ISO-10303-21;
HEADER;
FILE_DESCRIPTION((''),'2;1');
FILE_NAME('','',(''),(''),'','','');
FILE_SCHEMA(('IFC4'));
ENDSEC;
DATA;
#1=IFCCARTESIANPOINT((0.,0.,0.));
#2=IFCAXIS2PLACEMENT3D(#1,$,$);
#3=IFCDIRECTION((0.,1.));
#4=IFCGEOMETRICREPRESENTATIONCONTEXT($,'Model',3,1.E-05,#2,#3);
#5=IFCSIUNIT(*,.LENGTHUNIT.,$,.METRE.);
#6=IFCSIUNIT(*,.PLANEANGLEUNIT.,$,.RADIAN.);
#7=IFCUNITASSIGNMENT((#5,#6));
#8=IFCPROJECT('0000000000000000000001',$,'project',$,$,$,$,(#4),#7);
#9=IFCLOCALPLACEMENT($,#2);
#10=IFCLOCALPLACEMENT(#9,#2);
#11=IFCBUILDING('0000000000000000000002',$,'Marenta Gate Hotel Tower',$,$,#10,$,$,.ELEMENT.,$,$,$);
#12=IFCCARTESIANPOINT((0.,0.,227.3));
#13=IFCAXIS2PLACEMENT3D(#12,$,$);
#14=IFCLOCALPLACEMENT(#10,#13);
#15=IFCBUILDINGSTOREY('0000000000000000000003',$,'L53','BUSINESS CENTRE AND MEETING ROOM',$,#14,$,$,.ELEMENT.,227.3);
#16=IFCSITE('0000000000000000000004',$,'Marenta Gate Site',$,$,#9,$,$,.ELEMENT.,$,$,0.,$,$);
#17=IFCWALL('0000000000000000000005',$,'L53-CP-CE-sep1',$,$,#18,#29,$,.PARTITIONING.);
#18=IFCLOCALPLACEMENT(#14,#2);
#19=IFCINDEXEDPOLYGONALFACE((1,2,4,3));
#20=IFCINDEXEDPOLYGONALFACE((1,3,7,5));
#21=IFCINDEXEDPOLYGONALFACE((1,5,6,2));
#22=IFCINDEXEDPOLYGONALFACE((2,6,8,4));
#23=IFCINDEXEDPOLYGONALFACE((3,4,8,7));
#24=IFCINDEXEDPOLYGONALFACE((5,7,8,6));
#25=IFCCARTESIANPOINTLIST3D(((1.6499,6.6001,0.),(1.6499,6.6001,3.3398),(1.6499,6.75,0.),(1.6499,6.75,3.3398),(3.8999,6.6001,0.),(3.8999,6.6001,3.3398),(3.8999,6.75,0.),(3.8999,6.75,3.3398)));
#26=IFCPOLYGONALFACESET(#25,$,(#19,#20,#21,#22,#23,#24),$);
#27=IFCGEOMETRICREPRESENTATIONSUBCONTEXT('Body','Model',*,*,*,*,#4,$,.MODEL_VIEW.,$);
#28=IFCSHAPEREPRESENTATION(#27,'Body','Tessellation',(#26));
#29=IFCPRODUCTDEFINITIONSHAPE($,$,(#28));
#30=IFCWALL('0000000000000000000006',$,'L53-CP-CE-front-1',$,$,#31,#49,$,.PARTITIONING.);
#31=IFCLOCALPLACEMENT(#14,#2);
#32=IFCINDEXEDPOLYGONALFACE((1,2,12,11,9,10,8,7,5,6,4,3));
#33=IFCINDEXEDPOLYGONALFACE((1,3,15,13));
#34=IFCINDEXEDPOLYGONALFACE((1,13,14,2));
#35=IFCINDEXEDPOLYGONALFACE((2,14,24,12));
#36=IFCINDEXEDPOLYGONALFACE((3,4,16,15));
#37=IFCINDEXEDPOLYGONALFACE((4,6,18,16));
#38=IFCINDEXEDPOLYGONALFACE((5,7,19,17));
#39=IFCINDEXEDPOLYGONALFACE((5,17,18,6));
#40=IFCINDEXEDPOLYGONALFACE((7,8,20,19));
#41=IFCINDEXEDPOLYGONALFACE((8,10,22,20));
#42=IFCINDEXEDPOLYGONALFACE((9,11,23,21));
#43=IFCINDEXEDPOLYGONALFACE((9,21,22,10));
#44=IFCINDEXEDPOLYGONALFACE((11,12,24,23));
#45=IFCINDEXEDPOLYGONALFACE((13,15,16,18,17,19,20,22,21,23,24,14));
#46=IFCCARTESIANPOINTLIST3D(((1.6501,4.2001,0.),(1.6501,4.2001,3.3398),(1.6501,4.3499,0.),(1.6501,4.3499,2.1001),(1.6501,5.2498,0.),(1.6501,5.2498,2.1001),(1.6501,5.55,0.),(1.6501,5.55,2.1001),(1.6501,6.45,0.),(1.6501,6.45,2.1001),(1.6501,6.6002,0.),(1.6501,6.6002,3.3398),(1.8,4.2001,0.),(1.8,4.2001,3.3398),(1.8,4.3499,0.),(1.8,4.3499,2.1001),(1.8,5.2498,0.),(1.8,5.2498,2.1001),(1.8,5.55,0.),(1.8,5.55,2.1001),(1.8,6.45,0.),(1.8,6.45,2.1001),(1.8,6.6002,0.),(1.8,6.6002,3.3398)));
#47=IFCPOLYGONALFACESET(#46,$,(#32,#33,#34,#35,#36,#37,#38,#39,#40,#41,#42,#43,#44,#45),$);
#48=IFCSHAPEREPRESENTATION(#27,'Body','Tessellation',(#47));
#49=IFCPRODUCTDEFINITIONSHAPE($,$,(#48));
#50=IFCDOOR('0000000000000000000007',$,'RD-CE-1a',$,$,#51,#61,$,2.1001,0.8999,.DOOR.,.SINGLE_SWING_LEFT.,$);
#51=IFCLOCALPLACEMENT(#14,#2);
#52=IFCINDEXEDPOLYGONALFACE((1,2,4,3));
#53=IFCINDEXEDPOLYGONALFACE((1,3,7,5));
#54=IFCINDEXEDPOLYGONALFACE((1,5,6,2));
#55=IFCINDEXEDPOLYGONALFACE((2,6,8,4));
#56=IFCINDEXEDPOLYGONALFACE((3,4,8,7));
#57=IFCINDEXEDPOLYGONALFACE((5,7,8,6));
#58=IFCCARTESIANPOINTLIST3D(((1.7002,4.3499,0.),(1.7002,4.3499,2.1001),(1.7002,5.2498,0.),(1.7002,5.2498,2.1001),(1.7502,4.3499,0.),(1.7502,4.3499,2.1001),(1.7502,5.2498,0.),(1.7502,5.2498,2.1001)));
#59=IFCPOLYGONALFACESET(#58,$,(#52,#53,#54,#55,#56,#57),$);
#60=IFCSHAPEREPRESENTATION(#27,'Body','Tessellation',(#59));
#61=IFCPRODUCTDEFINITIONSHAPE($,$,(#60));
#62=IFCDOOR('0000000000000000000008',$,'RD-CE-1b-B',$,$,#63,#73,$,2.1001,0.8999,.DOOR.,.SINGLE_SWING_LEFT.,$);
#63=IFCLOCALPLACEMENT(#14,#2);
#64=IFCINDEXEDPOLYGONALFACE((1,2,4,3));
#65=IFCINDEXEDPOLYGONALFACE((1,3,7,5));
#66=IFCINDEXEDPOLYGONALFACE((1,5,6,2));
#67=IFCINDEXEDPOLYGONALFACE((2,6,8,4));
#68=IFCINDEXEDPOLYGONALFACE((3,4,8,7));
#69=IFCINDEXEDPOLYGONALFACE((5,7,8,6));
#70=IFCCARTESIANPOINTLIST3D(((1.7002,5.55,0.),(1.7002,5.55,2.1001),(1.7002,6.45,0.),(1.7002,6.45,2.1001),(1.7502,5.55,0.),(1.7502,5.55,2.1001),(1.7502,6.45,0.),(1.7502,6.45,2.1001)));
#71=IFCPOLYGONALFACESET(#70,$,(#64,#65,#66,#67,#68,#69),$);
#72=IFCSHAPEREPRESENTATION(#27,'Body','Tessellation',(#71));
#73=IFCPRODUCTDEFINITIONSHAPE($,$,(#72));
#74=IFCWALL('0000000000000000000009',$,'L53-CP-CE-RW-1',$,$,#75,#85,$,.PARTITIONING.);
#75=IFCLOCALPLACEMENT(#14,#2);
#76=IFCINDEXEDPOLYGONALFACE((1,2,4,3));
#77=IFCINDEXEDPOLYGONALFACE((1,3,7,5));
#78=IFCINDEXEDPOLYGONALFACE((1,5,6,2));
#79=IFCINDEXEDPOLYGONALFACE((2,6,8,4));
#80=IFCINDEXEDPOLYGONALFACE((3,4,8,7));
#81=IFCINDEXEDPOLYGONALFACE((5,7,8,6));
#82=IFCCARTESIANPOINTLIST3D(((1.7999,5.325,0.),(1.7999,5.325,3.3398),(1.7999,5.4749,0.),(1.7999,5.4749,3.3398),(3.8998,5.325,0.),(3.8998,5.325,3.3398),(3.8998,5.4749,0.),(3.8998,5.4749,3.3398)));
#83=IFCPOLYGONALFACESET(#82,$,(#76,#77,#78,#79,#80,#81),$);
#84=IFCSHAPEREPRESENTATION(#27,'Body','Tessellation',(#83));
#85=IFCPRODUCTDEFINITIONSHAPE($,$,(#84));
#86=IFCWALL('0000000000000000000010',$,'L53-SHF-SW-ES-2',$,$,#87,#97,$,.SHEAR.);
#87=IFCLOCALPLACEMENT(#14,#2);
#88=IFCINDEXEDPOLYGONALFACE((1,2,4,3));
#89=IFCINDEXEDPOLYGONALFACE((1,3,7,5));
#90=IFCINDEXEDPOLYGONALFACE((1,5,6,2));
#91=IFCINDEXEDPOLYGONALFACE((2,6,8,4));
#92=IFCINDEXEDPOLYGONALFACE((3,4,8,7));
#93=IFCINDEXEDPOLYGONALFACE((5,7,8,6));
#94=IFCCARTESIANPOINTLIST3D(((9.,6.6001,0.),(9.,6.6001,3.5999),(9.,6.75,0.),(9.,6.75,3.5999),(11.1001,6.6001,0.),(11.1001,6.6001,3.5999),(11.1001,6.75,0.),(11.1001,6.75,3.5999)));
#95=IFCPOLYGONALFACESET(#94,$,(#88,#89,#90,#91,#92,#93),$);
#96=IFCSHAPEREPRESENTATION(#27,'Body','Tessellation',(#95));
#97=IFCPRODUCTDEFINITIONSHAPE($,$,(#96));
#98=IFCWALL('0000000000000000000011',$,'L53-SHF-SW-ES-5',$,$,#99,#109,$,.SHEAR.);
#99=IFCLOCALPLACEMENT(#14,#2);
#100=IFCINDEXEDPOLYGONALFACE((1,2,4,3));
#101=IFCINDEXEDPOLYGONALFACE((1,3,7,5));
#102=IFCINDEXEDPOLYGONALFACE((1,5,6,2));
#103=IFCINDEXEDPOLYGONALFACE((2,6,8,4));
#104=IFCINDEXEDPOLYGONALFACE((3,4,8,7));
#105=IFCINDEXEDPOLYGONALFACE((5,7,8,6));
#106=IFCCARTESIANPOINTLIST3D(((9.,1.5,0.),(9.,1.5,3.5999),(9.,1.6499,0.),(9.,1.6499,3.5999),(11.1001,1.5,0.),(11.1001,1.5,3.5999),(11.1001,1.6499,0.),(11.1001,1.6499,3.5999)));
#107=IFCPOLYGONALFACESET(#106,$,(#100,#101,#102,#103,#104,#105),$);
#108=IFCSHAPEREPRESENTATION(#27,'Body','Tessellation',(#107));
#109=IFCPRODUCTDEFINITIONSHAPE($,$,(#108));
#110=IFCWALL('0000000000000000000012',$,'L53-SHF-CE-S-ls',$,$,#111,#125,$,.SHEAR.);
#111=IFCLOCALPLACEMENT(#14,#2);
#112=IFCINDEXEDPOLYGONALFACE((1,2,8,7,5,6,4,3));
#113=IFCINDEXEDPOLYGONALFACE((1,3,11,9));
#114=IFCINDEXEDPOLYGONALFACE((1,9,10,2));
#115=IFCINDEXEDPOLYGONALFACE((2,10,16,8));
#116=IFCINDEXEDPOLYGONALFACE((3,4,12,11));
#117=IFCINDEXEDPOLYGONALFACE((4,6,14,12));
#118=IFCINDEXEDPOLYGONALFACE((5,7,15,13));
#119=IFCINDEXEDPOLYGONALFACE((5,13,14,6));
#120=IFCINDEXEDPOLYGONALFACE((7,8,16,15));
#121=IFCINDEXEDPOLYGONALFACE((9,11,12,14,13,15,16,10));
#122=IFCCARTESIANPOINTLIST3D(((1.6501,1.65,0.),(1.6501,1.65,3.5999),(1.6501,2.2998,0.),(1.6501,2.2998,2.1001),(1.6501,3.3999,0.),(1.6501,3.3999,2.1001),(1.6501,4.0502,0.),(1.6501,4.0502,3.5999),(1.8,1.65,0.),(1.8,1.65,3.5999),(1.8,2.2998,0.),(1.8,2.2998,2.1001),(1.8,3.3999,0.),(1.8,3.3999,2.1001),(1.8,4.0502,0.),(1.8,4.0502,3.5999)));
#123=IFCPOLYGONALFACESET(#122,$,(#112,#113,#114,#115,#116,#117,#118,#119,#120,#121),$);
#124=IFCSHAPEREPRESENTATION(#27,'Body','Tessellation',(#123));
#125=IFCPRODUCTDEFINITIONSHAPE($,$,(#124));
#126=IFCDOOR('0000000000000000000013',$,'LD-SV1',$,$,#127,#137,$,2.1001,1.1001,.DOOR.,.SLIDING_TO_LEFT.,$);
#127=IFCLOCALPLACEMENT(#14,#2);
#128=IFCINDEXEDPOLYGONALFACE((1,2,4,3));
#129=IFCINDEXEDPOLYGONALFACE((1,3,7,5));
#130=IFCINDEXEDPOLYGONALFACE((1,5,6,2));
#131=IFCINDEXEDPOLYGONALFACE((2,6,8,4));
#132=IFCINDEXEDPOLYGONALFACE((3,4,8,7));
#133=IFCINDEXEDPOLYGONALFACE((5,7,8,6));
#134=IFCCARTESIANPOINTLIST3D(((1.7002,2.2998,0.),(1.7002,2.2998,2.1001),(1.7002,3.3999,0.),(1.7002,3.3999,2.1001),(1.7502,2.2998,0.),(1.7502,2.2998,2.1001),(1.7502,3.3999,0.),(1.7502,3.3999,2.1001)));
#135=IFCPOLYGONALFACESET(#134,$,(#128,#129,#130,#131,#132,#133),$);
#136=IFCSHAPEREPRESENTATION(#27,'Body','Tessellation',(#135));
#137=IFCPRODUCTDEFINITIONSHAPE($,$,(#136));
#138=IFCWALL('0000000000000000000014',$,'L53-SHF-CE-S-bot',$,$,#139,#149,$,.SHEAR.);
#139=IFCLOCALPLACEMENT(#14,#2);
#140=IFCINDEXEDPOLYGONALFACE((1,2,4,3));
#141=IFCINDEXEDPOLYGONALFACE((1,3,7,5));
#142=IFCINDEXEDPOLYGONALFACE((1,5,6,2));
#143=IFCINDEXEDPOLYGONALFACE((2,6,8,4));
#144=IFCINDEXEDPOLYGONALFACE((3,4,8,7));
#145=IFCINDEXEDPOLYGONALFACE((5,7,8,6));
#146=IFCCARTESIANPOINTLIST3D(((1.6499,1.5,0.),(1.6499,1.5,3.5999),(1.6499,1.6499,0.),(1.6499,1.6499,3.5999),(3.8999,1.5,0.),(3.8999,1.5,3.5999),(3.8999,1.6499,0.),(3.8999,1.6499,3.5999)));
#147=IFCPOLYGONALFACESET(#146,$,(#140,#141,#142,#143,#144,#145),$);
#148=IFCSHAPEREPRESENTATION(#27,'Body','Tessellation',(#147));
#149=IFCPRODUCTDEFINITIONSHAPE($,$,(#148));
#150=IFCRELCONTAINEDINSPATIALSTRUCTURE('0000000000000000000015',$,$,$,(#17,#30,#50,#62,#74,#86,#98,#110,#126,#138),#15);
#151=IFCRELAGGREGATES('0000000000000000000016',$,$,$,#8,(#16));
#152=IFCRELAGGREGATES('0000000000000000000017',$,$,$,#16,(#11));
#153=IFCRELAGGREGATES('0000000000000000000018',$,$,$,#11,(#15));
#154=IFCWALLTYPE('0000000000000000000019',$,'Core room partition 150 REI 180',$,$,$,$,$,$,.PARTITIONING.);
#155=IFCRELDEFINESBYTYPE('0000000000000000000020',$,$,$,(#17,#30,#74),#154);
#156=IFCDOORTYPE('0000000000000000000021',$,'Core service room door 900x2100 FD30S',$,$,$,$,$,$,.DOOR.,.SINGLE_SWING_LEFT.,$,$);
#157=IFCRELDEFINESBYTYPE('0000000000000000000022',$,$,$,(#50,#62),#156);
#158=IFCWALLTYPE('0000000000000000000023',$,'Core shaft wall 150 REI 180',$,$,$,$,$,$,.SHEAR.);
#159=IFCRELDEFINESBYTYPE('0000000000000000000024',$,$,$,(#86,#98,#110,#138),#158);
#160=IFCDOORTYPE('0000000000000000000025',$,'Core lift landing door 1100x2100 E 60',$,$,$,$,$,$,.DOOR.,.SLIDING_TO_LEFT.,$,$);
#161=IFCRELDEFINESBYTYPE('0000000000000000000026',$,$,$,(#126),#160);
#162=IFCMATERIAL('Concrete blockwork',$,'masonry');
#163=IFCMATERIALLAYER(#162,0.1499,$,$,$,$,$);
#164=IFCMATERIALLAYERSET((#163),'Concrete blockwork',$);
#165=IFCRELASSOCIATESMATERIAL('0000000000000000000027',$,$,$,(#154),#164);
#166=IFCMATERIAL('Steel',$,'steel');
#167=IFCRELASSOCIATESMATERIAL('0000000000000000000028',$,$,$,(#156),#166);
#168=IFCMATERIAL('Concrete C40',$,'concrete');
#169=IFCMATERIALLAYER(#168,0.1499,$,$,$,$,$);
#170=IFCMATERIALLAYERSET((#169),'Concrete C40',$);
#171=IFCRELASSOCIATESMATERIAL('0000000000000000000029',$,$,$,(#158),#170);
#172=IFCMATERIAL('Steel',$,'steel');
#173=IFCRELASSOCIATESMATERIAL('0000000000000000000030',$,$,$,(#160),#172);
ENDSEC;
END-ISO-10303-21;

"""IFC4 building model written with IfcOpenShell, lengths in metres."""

from ifc_helpers import new_model, si_unit, direction, frame, frame_2d, origin, place, context, subcontext, project, spatial, rectangle, extrude, material, layer, layer_set, type_object, element, fill, save


model = new_model("IFC4")

# Units and contexts
model_context = context("Model", 3, precision=1e-05, world=origin(), true_north=direction((0.0, 1.0)))
body_context = subcontext(model_context, "Body", "Model", "MODEL_VIEW")
ifc_project = project(units=[si_unit("LENGTHUNIT", "METRE"), si_unit("PLANEANGLEUNIT", "RADIAN")], contexts=[model_context])

# Site, building, storey
site_placement = place(None, origin())
site = spatial("IfcSite", under=ifc_project, at=site_placement, Name="Marenta Gate Site", CompositionType="ELEMENT", RefElevation=0.0)
building_placement = place(site_placement, origin())
building = spatial("IfcBuilding", under=site, at=building_placement, Name="Marenta Gate Hotel Tower", CompositionType="ELEMENT")
storey_placement = place(building_placement, frame((0.0, 0.0, 227.3)))
storey = spatial("IfcBuildingStorey", under=building, at=storey_placement, Name="L53", Description="BUSINESS CENTRE AND MEETING ROOM", CompositionType="ELEMENT", Elevation=227.3)

# Wall
ifc_material_1 = material(Name="Concrete blockwork", Category="masonry")
ifc_layer_1 = layer(ifc_material_1, 0.1499)
ifc_layer_set_1 = layer_set([ifc_layer_1], Name="Concrete blockwork")
wall_type_1 = type_object("IfcWallType", Name="Core room partition 150 REI 180", PredefinedType="PARTITIONING", material=ifc_layer_set_1)
wall_1_placement = place(storey_placement, frame((1.6499, 6.675, 0.0), z_axis=(0.0, 0.0, 1.0), x_axis=(1.0, 0.0, 0.0)))
element("IfcWall", 1, at=wall_1_placement, inside=storey, type_object=wall_type_1, Name="L53-CP-CE-sep1", PredefinedType="PARTITIONING", context=body_context, shape_type="SweptSolid", body=[
    extrude(rectangle(XDim=2.25, YDim=0.1499, at=frame_2d((1.125, 0.0))), origin(), (0.0, 0.0, 1.0), 3.3398),
])

# Wall, openings, doors
wall_2_placement = place(storey_placement, frame((1.7251, 4.2, 0.0), z_axis=(0.0, 0.0, 1.0), x_axis=(0.0, 1.0, 0.0)))
wall_2 = element("IfcWall", 2, at=wall_2_placement, inside=storey, type_object=wall_type_1, Name="L53-CP-CE-front-1", PredefinedType="PARTITIONING", context=body_context, shape_type="SweptSolid", body=[
    extrude(rectangle(XDim=2.4001, YDim=0.1499, at=frame_2d((1.2002, 0.0))), origin(), (0.0, 0.0, 1.0), 3.3398),
])
opening_1_placement = place(wall_2_placement, frame((0.1499, 0.0, 0.0)))
opening_1 = element("IfcOpeningElement", 3, at=opening_1_placement, cuts=wall_2, PredefinedType="OPENING", context=body_context, shape_type="SweptSolid", body=[
    extrude(rectangle(XDim=0.8999, YDim=2.1001, at=frame_2d((0.45, 1.05))), frame((0.0, 0.075, 0.0), z_axis=(0.0, -1.0, 0.0), x_axis=(1.0, 0.0, 0.0)), (0.0, 0.0, 1.0), 0.1499),
])
opening_2_placement = place(wall_2_placement, frame((1.3501, 0.0, 0.0)))
opening_2 = element("IfcOpeningElement", 4, at=opening_2_placement, cuts=wall_2, PredefinedType="OPENING", context=body_context, shape_type="SweptSolid", body=[
    extrude(rectangle(XDim=0.8999, YDim=2.1001, at=frame_2d((0.45, 1.05))), frame((0.0, 0.075, 0.0), z_axis=(0.0, -1.0, 0.0), x_axis=(1.0, 0.0, 0.0)), (0.0, 0.0, 1.0), 0.1499),
])
ifc_material_2 = material(Name="Steel", Category="steel")
door_type_1 = type_object("IfcDoorType", Name="Core service room door 900x2100 FD30S", OperationType="SINGLE_SWING_LEFT", PredefinedType="DOOR", material=ifc_material_2)
door_1_placement = place(opening_1_placement, origin())
door_1 = element("IfcDoor", 5, at=door_1_placement, inside=storey, type_object=door_type_1, Name="RD-CE-1a", OperationType="SINGLE_SWING_LEFT", OverallHeight=2.1001, OverallWidth=0.8999, PredefinedType="DOOR", context=body_context, shape_type="SweptSolid", body=[
    extrude(rectangle(XDim=0.8999, YDim=2.1001, at=frame_2d((0.45, 1.05))), frame((0.0, 0.0249, 0.0), z_axis=(0.0, -1.0, 0.0), x_axis=(1.0, 0.0, 0.0)), (0.0, 0.0, 1.0), 0.05),
])
fill(opening_1, door_1)
door_2_placement = place(opening_2_placement, origin())
door_2 = element("IfcDoor", 6, at=door_2_placement, inside=storey, type_object=door_type_1, Name="RD-CE-1b-B", OperationType="SINGLE_SWING_LEFT", OverallHeight=2.1001, OverallWidth=0.8999, PredefinedType="DOOR", context=body_context, shape_type="SweptSolid", body=[
    extrude(rectangle(XDim=0.8999, YDim=2.1001, at=frame_2d((0.45, 1.05))), frame((0.0, 0.0249, 0.0), z_axis=(0.0, -1.0, 0.0), x_axis=(1.0, 0.0, 0.0)), (0.0, 0.0, 1.0), 0.05),
])
fill(opening_2, door_2)

# Walls
wall_3_placement = place(storey_placement, frame((1.8, 5.3999, 0.0), z_axis=(0.0, 0.0, 1.0), x_axis=(1.0, 0.0, 0.0)))
element("IfcWall", 7, at=wall_3_placement, inside=storey, type_object=wall_type_1, Name="L53-CP-CE-RW-1", PredefinedType="PARTITIONING", context=body_context, shape_type="SweptSolid", body=[
    extrude(rectangle(XDim=2.0999, YDim=0.1499, at=frame_2d((1.0498, 0.0))), origin(), (0.0, 0.0, 1.0), 3.3398),
])
ifc_material_3 = material(Name="Concrete C40", Category="concrete")
ifc_layer_2 = layer(ifc_material_3, 0.1499)
ifc_layer_set_2 = layer_set([ifc_layer_2], Name="Concrete C40")
wall_type_2 = type_object("IfcWallType", Name="Core shaft wall 150 REI 180", PredefinedType="SHEAR", material=ifc_layer_set_2)
for number, where, z_axis, x_axis, name in (
    (8, (9.0, 6.675, 0.0), (0.0, 0.0, 1.0), (1.0, 0.0, 0.0), "L53-SHF-SW-ES-2"),
    (9, (9.0, 1.575, 0.0), (0.0, 0.0, 1.0), (1.0, 0.0, 0.0), "L53-SHF-SW-ES-5"),
):
    element("IfcWall", number, at=place(storey_placement, frame(where, z_axis=z_axis, x_axis=x_axis)), inside=storey, type_object=wall_type_2, Name=name, PredefinedType="SHEAR", context=body_context, shape_type="SweptSolid", body=[
        extrude(rectangle(XDim=2.1001, YDim=0.1499, at=frame_2d((1.05, 0.0))), origin(), (0.0, 0.0, 1.0), 3.5999),
    ])

# Wall, opening, door
wall_4_placement = place(storey_placement, frame((1.7251, 1.6499, 0.0), z_axis=(0.0, 0.0, 1.0), x_axis=(0.0, 1.0, 0.0)))
wall_4 = element("IfcWall", 10, at=wall_4_placement, inside=storey, type_object=wall_type_2, Name="L53-SHF-CE-S-ls", PredefinedType="SHEAR", context=body_context, shape_type="SweptSolid", body=[
    extrude(rectangle(XDim=2.4001, YDim=0.1499, at=frame_2d((1.2002, 0.0))), origin(), (0.0, 0.0, 1.0), 3.5999),
])
opening_3_placement = place(wall_4_placement, frame((0.6499, 0.0, 0.0)))
opening_3 = element("IfcOpeningElement", 11, at=opening_3_placement, cuts=wall_4, PredefinedType="OPENING", context=body_context, shape_type="SweptSolid", body=[
    extrude(rectangle(XDim=1.1001, YDim=2.1001, at=frame_2d((0.55, 1.05))), frame((0.0, 0.075, 0.0), z_axis=(0.0, -1.0, 0.0), x_axis=(1.0, 0.0, 0.0)), (0.0, 0.0, 1.0), 0.1499),
])
ifc_material_4 = material(Name="Steel", Category="steel")
door_type_2 = type_object("IfcDoorType", Name="Core lift landing door 1100x2100 E 60", OperationType="SLIDING_TO_LEFT", PredefinedType="DOOR", material=ifc_material_4)
door_3_placement = place(opening_3_placement, origin())
door_3 = element("IfcDoor", 12, at=door_3_placement, inside=storey, type_object=door_type_2, Name="LD-SV1", OperationType="SLIDING_TO_LEFT", OverallHeight=2.1001, OverallWidth=1.1001, PredefinedType="DOOR", context=body_context, shape_type="SweptSolid", body=[
    extrude(rectangle(XDim=1.1001, YDim=2.1001, at=frame_2d((0.55, 1.05))), frame((0.0, 0.0249, 0.0), z_axis=(0.0, -1.0, 0.0), x_axis=(1.0, 0.0, 0.0)), (0.0, 0.0, 1.0), 0.05),
])
fill(opening_3, door_3)

# Wall
wall_5_placement = place(storey_placement, frame((1.6499, 1.575, 0.0), z_axis=(0.0, 0.0, 1.0), x_axis=(1.0, 0.0, 0.0)))
element("IfcWall", 13, at=wall_5_placement, inside=storey, type_object=wall_type_2, Name="L53-SHF-CE-S-bot", PredefinedType="SHEAR", context=body_context, shape_type="SweptSolid", body=[
    extrude(rectangle(XDim=2.25, YDim=0.1499, at=frame_2d((1.125, 0.0))), origin(), (0.0, 0.0, 1.0), 3.5999),
])

save(model, "model.ifc")
